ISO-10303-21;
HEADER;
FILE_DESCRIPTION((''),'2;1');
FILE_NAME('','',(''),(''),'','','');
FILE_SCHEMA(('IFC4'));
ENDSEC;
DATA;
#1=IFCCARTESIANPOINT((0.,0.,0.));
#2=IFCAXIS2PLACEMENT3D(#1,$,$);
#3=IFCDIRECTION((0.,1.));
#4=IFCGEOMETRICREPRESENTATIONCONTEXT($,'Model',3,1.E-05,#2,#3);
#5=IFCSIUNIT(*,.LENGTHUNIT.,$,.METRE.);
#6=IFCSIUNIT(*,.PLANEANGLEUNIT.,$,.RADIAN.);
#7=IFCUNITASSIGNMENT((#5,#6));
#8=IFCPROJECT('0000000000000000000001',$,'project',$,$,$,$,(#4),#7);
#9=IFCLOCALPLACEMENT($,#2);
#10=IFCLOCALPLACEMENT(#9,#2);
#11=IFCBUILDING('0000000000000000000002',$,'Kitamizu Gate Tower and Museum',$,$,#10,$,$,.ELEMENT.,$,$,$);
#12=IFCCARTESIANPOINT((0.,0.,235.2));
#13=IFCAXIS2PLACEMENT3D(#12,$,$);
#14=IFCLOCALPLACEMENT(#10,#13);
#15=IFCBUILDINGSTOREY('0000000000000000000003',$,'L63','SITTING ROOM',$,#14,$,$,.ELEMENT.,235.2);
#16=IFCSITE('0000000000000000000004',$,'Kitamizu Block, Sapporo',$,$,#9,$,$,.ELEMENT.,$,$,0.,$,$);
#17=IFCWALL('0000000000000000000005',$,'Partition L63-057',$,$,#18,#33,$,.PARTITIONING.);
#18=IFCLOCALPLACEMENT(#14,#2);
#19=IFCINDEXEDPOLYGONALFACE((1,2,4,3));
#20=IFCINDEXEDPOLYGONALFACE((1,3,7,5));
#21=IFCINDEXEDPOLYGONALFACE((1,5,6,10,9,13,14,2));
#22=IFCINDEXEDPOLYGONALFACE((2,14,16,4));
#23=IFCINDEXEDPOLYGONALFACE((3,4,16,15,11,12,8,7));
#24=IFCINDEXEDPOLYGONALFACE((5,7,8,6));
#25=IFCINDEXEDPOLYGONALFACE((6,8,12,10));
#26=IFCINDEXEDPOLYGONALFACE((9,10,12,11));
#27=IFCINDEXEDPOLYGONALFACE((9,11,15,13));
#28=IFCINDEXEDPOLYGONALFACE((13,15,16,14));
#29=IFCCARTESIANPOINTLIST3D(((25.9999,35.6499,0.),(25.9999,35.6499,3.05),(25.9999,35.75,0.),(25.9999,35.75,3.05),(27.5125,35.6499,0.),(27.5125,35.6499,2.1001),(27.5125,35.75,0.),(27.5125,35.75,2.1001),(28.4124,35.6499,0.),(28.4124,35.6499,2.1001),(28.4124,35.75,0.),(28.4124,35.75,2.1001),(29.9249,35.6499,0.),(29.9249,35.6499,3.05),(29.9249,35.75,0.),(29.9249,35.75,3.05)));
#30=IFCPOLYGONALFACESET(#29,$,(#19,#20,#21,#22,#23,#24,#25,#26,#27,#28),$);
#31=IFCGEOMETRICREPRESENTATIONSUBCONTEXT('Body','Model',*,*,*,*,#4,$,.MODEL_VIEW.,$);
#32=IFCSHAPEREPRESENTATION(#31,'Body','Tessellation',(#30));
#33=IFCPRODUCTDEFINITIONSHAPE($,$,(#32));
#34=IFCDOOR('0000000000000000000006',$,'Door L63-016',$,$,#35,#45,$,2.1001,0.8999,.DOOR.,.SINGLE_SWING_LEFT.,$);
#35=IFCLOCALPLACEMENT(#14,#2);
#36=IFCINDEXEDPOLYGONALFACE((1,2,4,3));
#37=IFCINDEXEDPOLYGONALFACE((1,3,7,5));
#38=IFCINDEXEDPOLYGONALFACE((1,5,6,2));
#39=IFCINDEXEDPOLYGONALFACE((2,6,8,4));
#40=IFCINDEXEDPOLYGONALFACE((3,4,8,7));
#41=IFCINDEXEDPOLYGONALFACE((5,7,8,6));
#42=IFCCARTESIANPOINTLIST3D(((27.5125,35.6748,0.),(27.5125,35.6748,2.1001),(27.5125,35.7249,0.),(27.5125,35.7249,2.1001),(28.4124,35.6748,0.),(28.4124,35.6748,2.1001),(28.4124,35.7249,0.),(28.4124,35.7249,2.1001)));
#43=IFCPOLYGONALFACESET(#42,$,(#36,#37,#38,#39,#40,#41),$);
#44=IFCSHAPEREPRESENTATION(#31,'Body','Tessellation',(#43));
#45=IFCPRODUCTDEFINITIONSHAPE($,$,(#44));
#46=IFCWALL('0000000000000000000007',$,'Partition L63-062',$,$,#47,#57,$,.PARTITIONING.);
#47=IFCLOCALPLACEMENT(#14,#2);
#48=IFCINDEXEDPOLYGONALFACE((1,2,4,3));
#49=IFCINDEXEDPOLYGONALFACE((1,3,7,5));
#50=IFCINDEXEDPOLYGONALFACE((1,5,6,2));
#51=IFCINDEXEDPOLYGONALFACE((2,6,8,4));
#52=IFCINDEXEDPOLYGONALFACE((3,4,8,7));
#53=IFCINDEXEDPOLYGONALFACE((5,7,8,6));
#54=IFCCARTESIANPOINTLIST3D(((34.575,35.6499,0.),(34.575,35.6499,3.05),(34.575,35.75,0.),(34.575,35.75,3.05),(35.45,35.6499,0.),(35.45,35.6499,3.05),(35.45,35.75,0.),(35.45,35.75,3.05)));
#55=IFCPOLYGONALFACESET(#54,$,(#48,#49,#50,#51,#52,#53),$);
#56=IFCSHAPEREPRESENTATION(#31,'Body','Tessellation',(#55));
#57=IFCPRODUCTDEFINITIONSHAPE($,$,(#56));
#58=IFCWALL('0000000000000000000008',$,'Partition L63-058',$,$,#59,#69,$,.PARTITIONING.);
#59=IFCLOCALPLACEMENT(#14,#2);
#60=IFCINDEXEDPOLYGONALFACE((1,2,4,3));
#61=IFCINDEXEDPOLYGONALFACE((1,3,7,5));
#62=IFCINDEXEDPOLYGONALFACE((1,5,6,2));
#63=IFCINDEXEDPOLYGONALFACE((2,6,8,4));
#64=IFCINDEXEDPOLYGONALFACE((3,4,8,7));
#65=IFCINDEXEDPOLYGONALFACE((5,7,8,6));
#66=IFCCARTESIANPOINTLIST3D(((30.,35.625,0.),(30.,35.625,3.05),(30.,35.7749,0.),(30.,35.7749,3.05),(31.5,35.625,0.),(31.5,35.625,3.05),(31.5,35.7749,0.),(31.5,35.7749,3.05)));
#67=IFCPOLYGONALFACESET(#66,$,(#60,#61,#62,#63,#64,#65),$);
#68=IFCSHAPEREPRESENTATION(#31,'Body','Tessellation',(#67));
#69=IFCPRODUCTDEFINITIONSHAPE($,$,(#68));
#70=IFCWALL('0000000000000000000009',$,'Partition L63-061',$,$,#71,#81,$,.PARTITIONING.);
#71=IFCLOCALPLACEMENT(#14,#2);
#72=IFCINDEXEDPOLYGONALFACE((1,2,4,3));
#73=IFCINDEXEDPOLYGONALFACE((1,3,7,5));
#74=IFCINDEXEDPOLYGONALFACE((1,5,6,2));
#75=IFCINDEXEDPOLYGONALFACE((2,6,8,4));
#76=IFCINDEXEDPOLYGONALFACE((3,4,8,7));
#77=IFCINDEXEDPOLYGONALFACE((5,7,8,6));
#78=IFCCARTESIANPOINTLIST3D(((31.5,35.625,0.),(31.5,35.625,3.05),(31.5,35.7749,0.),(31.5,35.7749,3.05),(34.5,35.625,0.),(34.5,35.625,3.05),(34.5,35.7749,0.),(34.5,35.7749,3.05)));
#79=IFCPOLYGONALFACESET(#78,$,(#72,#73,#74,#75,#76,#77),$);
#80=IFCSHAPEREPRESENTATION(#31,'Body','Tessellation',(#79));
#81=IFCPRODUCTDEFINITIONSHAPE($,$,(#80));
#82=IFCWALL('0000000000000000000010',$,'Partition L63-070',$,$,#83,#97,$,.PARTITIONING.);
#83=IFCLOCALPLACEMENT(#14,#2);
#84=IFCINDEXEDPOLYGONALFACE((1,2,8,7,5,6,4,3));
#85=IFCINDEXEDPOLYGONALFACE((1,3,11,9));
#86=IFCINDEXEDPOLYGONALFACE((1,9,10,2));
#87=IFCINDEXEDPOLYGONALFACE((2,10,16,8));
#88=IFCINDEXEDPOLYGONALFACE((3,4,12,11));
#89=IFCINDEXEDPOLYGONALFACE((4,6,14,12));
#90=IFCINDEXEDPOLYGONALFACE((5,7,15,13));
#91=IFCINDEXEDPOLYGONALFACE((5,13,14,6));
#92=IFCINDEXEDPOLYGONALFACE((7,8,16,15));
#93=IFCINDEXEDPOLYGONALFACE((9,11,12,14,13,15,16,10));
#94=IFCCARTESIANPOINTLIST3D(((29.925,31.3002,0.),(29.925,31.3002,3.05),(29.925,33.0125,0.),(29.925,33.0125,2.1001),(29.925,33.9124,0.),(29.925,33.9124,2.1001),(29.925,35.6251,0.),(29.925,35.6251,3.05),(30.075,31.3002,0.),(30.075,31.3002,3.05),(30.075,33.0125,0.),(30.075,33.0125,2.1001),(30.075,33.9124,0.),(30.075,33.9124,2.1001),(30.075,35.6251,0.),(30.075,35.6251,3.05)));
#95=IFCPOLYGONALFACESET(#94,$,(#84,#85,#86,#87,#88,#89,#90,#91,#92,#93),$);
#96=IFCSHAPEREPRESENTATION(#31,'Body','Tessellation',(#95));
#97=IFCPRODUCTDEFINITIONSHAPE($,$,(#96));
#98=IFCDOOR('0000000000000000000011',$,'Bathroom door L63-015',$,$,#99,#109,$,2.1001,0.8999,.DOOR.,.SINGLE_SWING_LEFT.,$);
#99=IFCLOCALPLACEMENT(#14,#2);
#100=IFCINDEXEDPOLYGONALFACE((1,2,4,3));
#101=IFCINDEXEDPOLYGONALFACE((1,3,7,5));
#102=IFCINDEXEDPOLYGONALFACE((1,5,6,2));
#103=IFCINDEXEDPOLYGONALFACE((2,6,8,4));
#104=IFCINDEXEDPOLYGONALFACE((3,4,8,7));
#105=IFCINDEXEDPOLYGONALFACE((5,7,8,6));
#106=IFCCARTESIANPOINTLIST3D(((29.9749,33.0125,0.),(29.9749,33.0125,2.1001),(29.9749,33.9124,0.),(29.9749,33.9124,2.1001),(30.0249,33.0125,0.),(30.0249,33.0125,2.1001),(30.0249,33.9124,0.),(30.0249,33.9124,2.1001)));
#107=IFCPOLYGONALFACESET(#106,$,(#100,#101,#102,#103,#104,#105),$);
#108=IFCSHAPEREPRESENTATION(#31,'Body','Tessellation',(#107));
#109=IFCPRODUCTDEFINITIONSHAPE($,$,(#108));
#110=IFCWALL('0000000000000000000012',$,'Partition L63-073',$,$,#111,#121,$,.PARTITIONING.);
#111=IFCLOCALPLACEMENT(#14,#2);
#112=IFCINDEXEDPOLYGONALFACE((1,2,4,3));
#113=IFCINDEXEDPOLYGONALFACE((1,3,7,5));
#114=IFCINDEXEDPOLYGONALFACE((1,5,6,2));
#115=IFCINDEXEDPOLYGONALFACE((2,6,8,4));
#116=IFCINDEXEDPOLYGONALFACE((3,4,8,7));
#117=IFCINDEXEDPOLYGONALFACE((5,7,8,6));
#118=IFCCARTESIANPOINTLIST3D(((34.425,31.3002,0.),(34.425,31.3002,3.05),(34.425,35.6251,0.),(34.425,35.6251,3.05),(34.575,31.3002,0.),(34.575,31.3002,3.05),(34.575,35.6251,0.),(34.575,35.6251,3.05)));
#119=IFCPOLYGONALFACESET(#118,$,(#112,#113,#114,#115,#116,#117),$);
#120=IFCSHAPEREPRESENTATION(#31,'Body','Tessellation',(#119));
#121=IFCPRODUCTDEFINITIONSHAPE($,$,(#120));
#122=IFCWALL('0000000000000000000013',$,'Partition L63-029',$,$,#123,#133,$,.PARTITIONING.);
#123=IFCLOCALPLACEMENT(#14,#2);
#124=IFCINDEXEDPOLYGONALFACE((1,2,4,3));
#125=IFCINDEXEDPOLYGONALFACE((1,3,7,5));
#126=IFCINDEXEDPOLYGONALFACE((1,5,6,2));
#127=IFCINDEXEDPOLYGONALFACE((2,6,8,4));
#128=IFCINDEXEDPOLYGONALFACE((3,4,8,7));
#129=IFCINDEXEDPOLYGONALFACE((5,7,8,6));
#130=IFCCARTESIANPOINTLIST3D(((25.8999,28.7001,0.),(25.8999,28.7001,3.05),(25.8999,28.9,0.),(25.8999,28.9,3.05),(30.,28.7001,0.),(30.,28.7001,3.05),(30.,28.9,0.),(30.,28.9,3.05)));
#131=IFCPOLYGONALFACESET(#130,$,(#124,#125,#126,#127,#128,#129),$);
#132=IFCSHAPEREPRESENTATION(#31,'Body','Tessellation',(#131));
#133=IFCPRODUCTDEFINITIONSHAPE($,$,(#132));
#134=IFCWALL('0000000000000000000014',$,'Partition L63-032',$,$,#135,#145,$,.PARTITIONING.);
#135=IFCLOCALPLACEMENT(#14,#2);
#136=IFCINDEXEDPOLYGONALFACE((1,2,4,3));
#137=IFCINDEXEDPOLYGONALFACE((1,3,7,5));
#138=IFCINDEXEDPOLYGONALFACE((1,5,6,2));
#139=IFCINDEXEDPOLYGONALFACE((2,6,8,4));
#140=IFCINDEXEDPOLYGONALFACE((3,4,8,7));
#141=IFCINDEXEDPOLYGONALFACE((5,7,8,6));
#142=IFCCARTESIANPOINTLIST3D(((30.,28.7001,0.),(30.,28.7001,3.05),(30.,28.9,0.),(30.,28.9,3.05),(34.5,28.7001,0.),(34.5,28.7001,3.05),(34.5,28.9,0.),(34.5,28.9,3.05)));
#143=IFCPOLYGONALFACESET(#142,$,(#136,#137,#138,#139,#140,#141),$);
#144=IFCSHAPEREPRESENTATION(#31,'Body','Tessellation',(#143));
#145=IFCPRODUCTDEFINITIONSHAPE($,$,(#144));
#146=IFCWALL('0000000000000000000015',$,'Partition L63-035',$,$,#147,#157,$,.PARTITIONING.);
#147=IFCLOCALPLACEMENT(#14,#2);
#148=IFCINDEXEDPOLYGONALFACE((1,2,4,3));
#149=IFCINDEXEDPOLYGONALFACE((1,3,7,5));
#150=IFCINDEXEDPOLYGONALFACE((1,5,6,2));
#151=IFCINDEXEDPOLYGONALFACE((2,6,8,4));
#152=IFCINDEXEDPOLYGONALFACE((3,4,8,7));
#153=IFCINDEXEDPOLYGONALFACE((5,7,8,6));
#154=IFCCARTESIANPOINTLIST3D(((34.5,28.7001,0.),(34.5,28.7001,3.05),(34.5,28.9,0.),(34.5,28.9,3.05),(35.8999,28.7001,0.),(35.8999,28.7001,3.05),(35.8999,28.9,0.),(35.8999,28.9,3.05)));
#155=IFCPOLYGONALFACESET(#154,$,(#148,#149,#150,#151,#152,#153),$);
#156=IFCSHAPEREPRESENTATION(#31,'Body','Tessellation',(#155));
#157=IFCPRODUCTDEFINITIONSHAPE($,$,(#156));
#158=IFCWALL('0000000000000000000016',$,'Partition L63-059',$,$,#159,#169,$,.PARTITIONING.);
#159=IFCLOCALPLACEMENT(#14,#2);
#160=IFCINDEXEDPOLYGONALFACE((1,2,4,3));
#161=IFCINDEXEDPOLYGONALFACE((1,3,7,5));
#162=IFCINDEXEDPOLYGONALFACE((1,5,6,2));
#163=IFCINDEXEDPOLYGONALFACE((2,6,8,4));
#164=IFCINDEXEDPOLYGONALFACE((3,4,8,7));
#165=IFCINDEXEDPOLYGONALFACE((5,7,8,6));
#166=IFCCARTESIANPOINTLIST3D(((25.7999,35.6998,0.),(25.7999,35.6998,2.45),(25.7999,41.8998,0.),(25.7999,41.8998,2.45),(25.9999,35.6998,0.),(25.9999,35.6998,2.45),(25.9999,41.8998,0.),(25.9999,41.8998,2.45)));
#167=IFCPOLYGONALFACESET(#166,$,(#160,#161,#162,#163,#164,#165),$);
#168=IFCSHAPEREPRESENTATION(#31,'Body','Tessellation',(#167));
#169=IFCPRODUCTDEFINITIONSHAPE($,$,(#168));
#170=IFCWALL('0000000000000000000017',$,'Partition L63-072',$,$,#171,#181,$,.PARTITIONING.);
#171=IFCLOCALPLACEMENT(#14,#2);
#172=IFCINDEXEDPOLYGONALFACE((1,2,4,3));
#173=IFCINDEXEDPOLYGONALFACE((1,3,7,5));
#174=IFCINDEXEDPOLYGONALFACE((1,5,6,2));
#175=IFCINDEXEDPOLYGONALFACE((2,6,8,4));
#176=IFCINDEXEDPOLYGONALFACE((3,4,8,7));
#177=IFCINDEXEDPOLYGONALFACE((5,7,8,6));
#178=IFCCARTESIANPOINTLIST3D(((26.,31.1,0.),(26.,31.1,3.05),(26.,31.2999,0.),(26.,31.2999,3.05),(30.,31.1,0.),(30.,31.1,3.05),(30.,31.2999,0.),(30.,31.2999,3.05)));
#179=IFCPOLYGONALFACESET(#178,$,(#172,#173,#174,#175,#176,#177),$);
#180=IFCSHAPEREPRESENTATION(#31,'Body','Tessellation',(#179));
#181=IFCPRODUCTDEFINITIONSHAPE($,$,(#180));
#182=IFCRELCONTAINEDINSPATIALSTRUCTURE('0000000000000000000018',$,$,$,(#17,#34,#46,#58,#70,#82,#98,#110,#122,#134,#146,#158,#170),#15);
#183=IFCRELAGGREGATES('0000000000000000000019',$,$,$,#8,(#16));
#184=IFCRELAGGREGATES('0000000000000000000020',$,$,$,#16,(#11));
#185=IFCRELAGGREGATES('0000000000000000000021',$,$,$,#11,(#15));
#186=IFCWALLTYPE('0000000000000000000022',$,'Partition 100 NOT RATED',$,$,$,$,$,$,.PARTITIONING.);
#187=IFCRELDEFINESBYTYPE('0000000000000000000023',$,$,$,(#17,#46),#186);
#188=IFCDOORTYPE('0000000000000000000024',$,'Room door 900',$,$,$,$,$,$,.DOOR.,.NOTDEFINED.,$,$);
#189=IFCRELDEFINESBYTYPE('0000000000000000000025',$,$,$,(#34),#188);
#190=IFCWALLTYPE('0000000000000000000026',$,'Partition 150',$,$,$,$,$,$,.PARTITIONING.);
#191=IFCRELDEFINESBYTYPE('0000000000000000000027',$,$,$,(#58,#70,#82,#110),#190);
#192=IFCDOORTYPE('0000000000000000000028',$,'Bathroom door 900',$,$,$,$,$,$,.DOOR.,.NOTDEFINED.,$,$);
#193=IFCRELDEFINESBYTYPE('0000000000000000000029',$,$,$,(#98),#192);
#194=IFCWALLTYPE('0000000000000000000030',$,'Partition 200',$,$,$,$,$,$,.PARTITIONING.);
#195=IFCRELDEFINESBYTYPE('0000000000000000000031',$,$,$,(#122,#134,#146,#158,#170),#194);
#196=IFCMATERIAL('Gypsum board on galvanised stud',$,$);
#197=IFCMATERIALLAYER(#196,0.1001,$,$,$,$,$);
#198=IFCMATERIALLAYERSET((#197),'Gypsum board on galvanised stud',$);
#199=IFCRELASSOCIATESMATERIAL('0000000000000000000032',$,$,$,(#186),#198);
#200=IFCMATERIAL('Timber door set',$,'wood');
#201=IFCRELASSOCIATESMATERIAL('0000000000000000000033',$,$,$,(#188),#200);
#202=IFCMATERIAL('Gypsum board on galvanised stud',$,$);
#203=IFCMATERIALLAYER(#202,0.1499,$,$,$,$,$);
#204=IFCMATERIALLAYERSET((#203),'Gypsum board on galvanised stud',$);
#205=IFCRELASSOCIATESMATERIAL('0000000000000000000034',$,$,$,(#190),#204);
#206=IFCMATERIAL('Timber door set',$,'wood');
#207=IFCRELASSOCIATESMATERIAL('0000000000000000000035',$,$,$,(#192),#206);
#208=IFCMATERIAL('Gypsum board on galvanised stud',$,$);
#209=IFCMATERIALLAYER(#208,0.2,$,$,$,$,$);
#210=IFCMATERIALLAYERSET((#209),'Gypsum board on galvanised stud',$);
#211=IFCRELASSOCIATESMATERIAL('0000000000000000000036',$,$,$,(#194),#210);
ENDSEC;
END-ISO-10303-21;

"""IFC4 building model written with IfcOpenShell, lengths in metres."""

from ifc_helpers import new_model, si_unit, direction, frame, frame_2d, origin, place, context, subcontext, project, spatial, rectangle, extrude, material, layer, layer_set, type_object, element, fill, save


model = new_model("IFC4")

# Units and contexts
model_context = context("Model", 3, precision=1e-05, world=origin(), true_north=direction((0.0, 1.0)))
body_context = subcontext(model_context, "Body", "Model", "MODEL_VIEW")
ifc_project = project(units=[si_unit("LENGTHUNIT", "METRE"), si_unit("PLANEANGLEUNIT", "RADIAN")], contexts=[model_context])

# Site, building, storey
site_placement = place(None, origin())
site = spatial("IfcSite", under=ifc_project, at=site_placement, Name="Kitamizu Block, Sapporo", CompositionType="ELEMENT", RefElevation=0.0)
building_placement = place(site_placement, origin())
building = spatial("IfcBuilding", under=site, at=building_placement, Name="Kitamizu Gate Tower and Museum", CompositionType="ELEMENT")
storey_placement = place(building_placement, frame((0.0, 0.0, 235.2)))
storey = spatial("IfcBuildingStorey", under=building, at=storey_placement, Name="L63", Description="SITTING ROOM", CompositionType="ELEMENT", Elevation=235.2)

# Shared definitions
ifc_material_1 = material(Name="Gypsum board on galvanised stud")
ifc_layer_1 = layer(ifc_material_1, 0.1001)
ifc_layer_set_1 = layer_set([ifc_layer_1], Name="Gypsum board on galvanised stud")
wall_type_1 = type_object("IfcWallType", Name="Partition 100 NOT RATED", PredefinedType="PARTITIONING", material=ifc_layer_set_1)
ifc_material_2 = material(Name="Timber door set", Category="wood")
door_type_1 = type_object("IfcDoorType", Name="Room door 900", OperationType="NOTDEFINED", PredefinedType="DOOR", material=ifc_material_2)

# Wall, opening, door
wall_1_placement = place(storey_placement, frame((26.0, 35.7, 0.0), z_axis=(0.0, 0.0, 1.0), x_axis=(1.0, 0.0, 0.0)))
wall_1 = element("IfcWall", 1, at=wall_1_placement, inside=storey, type_object=wall_type_1, Name="Partition L63-057", PredefinedType="PARTITIONING", context=body_context, shape_type="SweptSolid", body=[
    extrude(rectangle(XDim=3.925, YDim=0.1001, at=frame_2d((1.9624, 0.0))), origin(), (0.0, 0.0, 1.0), 3.05),
])
opening_1_placement = place(wall_1_placement, frame((1.5125, 0.0, 0.0)))
opening_1 = element("IfcOpeningElement", 2, at=opening_1_placement, cuts=wall_1, PredefinedType="OPENING", context=body_context, shape_type="SweptSolid", body=[
    extrude(rectangle(XDim=0.8999, YDim=2.1001, at=frame_2d((0.45, 1.05))), frame((0.0, 0.0601, 0.0), z_axis=(0.0, -1.0, 0.0), x_axis=(1.0, 0.0, 0.0)), (0.0, 0.0, 1.0), 0.1201),
])
door_1_placement = place(opening_1_placement, origin())
door_1 = element("IfcDoor", 3, at=door_1_placement, inside=storey, type_object=door_type_1, Name="Door L63-016", OperationType="SINGLE_SWING_LEFT", OverallHeight=2.1001, OverallWidth=0.8999, PredefinedType="DOOR", context=body_context, shape_type="SweptSolid", body=[
    extrude(rectangle(XDim=0.8999, YDim=2.1001, at=frame_2d((0.45, 1.05))), frame((0.0, 0.0249, 0.0), z_axis=(0.0, -1.0, 0.0), x_axis=(1.0, 0.0, 0.0)), (0.0, 0.0, 1.0), 0.05),
])
fill(opening_1, door_1)

# Walls
wall_2_placement = place(storey_placement, frame((34.575, 35.7, 0.0), z_axis=(0.0, 0.0, 1.0), x_axis=(1.0, 0.0, 0.0)))
element("IfcWall", 4, at=wall_2_placement, inside=storey, type_object=wall_type_1, Name="Partition L63-062", PredefinedType="PARTITIONING", context=body_context, shape_type="SweptSolid", body=[
    extrude(rectangle(XDim=0.875, YDim=0.1001, at=frame_2d((0.4375, 0.0))), origin(), (0.0, 0.0, 1.0), 3.05),
])
ifc_material_3 = material(Name="Gypsum board on galvanised stud")
ifc_layer_2 = layer(ifc_material_3, 0.1499)
ifc_layer_set_2 = layer_set([ifc_layer_2], Name="Gypsum board on galvanised stud")
wall_type_2 = type_object("IfcWallType", Name="Partition 150", PredefinedType="PARTITIONING", material=ifc_layer_set_2)
wall_3_placement = place(storey_placement, frame((30.0, 35.7, 0.0), z_axis=(0.0, 0.0, 1.0), x_axis=(1.0, 0.0, 0.0)))
element("IfcWall", 5, at=wall_3_placement, inside=storey, type_object=wall_type_2, Name="Partition L63-058", PredefinedType="PARTITIONING", context=body_context, shape_type="SweptSolid", body=[
    extrude(rectangle(XDim=1.5, YDim=0.1499, at=frame_2d((0.75, 0.0))), origin(), (0.0, 0.0, 1.0), 3.05),
])
wall_4_placement = place(storey_placement, frame((31.5, 35.7, 0.0), z_axis=(0.0, 0.0, 1.0), x_axis=(1.0, 0.0, 0.0)))
element("IfcWall", 6, at=wall_4_placement, inside=storey, type_object=wall_type_2, Name="Partition L63-061", PredefinedType="PARTITIONING", context=body_context, shape_type="SweptSolid", body=[
    extrude(rectangle(XDim=3.0, YDim=0.1499, at=frame_2d((1.5, 0.0))), origin(), (0.0, 0.0, 1.0), 3.05),
])

# Wall, opening, door
wall_5_placement = place(storey_placement, frame((30.0, 31.3, 0.0), z_axis=(0.0, 0.0, 1.0), x_axis=(0.0, 1.0, 0.0)))
wall_5 = element("IfcWall", 7, at=wall_5_placement, inside=storey, type_object=wall_type_2, Name="Partition L63-070", PredefinedType="PARTITIONING", context=body_context, shape_type="SweptSolid", body=[
    extrude(rectangle(XDim=4.325, YDim=0.1499, at=frame_2d((2.1626, 0.0))), origin(), (0.0, 0.0, 1.0), 3.05),
])
opening_2_placement = place(wall_5_placement, frame((1.7124, 0.0, 0.0)))
opening_2 = element("IfcOpeningElement", 8, at=opening_2_placement, cuts=wall_5, PredefinedType="OPENING", context=body_context, shape_type="SweptSolid", body=[
    extrude(rectangle(XDim=0.8999, YDim=2.1001, at=frame_2d((0.45, 1.05))), frame((0.0, 0.085, 0.0), z_axis=(0.0, -1.0, 0.0), x_axis=(1.0, 0.0, 0.0)), (0.0, 0.0, 1.0), 0.1699),
])
ifc_material_4 = material(Name="Timber door set", Category="wood")
door_type_2 = type_object("IfcDoorType", Name="Bathroom door 900", OperationType="NOTDEFINED", PredefinedType="DOOR", material=ifc_material_4)
door_2_placement = place(opening_2_placement, frame((0.8999, 0.0, 0.0), x_axis=(-1.0, 0.0, 0.0)))
door_2 = element("IfcDoor", 9, at=door_2_placement, inside=storey, type_object=door_type_2, Name="Bathroom door L63-015", OperationType="SINGLE_SWING_LEFT", OverallHeight=2.1001, OverallWidth=0.8999, PredefinedType="DOOR", context=body_context, shape_type="SweptSolid", body=[
    extrude(rectangle(XDim=0.8999, YDim=2.1001, at=frame_2d((0.45, 1.05))), frame((0.0, 0.0249, 0.0), z_axis=(0.0, -1.0, 0.0), x_axis=(1.0, 0.0, 0.0)), (0.0, 0.0, 1.0), 0.05),
])
fill(opening_2, door_2)

# Walls
wall_6_placement = place(storey_placement, frame((34.5, 31.3, 0.0), z_axis=(0.0, 0.0, 1.0), x_axis=(0.0, 1.0, 0.0)))
element("IfcWall", 10, at=wall_6_placement, inside=storey, type_object=wall_type_2, Name="Partition L63-073", PredefinedType="PARTITIONING", context=body_context, shape_type="SweptSolid", body=[
    extrude(rectangle(XDim=4.325, YDim=0.1499, at=frame_2d((2.1626, 0.0))), origin(), (0.0, 0.0, 1.0), 3.05),
])
ifc_material_5 = material(Name="Gypsum board on galvanised stud")
ifc_layer_3 = layer(ifc_material_5, 0.2)
ifc_layer_set_3 = layer_set([ifc_layer_3], Name="Gypsum board on galvanised stud")
wall_type_3 = type_object("IfcWallType", Name="Partition 200", PredefinedType="PARTITIONING", material=ifc_layer_set_3)
wall_7_placement = place(storey_placement, frame((30.0, 28.8, 0.0), z_axis=(0.0, 0.0, 1.0), x_axis=(-1.0, 0.0, 0.0)))
element("IfcWall", 11, at=wall_7_placement, inside=storey, type_object=wall_type_3, Name="Partition L63-029", PredefinedType="PARTITIONING", context=body_context, shape_type="SweptSolid", body=[
    extrude(rectangle(XDim=4.1001, YDim=0.2, at=frame_2d((2.05, 0.0))), origin(), (0.0, 0.0, 1.0), 3.05),
])
wall_8_placement = place(storey_placement, frame((34.5, 28.8, 0.0), z_axis=(0.0, 0.0, 1.0), x_axis=(-1.0, 0.0, 0.0)))
element("IfcWall", 12, at=wall_8_placement, inside=storey, type_object=wall_type_3, Name="Partition L63-032", PredefinedType="PARTITIONING", context=body_context, shape_type="SweptSolid", body=[
    extrude(rectangle(XDim=4.5, YDim=0.2, at=frame_2d((2.25, 0.0))), origin(), (0.0, 0.0, 1.0), 3.05),
])
wall_9_placement = place(storey_placement, frame((35.8999, 28.8, 0.0), z_axis=(0.0, 0.0, 1.0), x_axis=(-1.0, 0.0, 0.0)))
element("IfcWall", 13, at=wall_9_placement, inside=storey, type_object=wall_type_3, Name="Partition L63-035", PredefinedType="PARTITIONING", context=body_context, shape_type="SweptSolid", body=[
    extrude(rectangle(XDim=1.3999, YDim=0.2, at=frame_2d((0.7, 0.0))), origin(), (0.0, 0.0, 1.0), 3.05),
])
wall_10_placement = place(storey_placement, frame((25.8999, 41.8999, 0.0), z_axis=(0.0, 0.0, 1.0), x_axis=(0.0, -1.0, 0.0)))
element("IfcWall", 14, at=wall_10_placement, inside=storey, type_object=wall_type_3, Name="Partition L63-059", PredefinedType="PARTITIONING", context=body_context, shape_type="SweptSolid", body=[
    extrude(rectangle(XDim=6.2, YDim=0.2, at=frame_2d((3.1001, 0.0))), origin(), (0.0, 0.0, 1.0), 2.45),
])
wall_11_placement = place(storey_placement, frame((26.0, 31.2, 0.0), z_axis=(0.0, 0.0, 1.0), x_axis=(1.0, 0.0, 0.0)))
element("IfcWall", 15, at=wall_11_placement, inside=storey, type_object=wall_type_3, Name="Partition L63-072", PredefinedType="PARTITIONING", context=body_context, shape_type="SweptSolid", body=[
    extrude(rectangle(XDim=4.0, YDim=0.2, at=frame_2d((2.0, 0.0))), origin(), (0.0, 0.0, 1.0), 3.05),
])

save(model, "model.ifc")
